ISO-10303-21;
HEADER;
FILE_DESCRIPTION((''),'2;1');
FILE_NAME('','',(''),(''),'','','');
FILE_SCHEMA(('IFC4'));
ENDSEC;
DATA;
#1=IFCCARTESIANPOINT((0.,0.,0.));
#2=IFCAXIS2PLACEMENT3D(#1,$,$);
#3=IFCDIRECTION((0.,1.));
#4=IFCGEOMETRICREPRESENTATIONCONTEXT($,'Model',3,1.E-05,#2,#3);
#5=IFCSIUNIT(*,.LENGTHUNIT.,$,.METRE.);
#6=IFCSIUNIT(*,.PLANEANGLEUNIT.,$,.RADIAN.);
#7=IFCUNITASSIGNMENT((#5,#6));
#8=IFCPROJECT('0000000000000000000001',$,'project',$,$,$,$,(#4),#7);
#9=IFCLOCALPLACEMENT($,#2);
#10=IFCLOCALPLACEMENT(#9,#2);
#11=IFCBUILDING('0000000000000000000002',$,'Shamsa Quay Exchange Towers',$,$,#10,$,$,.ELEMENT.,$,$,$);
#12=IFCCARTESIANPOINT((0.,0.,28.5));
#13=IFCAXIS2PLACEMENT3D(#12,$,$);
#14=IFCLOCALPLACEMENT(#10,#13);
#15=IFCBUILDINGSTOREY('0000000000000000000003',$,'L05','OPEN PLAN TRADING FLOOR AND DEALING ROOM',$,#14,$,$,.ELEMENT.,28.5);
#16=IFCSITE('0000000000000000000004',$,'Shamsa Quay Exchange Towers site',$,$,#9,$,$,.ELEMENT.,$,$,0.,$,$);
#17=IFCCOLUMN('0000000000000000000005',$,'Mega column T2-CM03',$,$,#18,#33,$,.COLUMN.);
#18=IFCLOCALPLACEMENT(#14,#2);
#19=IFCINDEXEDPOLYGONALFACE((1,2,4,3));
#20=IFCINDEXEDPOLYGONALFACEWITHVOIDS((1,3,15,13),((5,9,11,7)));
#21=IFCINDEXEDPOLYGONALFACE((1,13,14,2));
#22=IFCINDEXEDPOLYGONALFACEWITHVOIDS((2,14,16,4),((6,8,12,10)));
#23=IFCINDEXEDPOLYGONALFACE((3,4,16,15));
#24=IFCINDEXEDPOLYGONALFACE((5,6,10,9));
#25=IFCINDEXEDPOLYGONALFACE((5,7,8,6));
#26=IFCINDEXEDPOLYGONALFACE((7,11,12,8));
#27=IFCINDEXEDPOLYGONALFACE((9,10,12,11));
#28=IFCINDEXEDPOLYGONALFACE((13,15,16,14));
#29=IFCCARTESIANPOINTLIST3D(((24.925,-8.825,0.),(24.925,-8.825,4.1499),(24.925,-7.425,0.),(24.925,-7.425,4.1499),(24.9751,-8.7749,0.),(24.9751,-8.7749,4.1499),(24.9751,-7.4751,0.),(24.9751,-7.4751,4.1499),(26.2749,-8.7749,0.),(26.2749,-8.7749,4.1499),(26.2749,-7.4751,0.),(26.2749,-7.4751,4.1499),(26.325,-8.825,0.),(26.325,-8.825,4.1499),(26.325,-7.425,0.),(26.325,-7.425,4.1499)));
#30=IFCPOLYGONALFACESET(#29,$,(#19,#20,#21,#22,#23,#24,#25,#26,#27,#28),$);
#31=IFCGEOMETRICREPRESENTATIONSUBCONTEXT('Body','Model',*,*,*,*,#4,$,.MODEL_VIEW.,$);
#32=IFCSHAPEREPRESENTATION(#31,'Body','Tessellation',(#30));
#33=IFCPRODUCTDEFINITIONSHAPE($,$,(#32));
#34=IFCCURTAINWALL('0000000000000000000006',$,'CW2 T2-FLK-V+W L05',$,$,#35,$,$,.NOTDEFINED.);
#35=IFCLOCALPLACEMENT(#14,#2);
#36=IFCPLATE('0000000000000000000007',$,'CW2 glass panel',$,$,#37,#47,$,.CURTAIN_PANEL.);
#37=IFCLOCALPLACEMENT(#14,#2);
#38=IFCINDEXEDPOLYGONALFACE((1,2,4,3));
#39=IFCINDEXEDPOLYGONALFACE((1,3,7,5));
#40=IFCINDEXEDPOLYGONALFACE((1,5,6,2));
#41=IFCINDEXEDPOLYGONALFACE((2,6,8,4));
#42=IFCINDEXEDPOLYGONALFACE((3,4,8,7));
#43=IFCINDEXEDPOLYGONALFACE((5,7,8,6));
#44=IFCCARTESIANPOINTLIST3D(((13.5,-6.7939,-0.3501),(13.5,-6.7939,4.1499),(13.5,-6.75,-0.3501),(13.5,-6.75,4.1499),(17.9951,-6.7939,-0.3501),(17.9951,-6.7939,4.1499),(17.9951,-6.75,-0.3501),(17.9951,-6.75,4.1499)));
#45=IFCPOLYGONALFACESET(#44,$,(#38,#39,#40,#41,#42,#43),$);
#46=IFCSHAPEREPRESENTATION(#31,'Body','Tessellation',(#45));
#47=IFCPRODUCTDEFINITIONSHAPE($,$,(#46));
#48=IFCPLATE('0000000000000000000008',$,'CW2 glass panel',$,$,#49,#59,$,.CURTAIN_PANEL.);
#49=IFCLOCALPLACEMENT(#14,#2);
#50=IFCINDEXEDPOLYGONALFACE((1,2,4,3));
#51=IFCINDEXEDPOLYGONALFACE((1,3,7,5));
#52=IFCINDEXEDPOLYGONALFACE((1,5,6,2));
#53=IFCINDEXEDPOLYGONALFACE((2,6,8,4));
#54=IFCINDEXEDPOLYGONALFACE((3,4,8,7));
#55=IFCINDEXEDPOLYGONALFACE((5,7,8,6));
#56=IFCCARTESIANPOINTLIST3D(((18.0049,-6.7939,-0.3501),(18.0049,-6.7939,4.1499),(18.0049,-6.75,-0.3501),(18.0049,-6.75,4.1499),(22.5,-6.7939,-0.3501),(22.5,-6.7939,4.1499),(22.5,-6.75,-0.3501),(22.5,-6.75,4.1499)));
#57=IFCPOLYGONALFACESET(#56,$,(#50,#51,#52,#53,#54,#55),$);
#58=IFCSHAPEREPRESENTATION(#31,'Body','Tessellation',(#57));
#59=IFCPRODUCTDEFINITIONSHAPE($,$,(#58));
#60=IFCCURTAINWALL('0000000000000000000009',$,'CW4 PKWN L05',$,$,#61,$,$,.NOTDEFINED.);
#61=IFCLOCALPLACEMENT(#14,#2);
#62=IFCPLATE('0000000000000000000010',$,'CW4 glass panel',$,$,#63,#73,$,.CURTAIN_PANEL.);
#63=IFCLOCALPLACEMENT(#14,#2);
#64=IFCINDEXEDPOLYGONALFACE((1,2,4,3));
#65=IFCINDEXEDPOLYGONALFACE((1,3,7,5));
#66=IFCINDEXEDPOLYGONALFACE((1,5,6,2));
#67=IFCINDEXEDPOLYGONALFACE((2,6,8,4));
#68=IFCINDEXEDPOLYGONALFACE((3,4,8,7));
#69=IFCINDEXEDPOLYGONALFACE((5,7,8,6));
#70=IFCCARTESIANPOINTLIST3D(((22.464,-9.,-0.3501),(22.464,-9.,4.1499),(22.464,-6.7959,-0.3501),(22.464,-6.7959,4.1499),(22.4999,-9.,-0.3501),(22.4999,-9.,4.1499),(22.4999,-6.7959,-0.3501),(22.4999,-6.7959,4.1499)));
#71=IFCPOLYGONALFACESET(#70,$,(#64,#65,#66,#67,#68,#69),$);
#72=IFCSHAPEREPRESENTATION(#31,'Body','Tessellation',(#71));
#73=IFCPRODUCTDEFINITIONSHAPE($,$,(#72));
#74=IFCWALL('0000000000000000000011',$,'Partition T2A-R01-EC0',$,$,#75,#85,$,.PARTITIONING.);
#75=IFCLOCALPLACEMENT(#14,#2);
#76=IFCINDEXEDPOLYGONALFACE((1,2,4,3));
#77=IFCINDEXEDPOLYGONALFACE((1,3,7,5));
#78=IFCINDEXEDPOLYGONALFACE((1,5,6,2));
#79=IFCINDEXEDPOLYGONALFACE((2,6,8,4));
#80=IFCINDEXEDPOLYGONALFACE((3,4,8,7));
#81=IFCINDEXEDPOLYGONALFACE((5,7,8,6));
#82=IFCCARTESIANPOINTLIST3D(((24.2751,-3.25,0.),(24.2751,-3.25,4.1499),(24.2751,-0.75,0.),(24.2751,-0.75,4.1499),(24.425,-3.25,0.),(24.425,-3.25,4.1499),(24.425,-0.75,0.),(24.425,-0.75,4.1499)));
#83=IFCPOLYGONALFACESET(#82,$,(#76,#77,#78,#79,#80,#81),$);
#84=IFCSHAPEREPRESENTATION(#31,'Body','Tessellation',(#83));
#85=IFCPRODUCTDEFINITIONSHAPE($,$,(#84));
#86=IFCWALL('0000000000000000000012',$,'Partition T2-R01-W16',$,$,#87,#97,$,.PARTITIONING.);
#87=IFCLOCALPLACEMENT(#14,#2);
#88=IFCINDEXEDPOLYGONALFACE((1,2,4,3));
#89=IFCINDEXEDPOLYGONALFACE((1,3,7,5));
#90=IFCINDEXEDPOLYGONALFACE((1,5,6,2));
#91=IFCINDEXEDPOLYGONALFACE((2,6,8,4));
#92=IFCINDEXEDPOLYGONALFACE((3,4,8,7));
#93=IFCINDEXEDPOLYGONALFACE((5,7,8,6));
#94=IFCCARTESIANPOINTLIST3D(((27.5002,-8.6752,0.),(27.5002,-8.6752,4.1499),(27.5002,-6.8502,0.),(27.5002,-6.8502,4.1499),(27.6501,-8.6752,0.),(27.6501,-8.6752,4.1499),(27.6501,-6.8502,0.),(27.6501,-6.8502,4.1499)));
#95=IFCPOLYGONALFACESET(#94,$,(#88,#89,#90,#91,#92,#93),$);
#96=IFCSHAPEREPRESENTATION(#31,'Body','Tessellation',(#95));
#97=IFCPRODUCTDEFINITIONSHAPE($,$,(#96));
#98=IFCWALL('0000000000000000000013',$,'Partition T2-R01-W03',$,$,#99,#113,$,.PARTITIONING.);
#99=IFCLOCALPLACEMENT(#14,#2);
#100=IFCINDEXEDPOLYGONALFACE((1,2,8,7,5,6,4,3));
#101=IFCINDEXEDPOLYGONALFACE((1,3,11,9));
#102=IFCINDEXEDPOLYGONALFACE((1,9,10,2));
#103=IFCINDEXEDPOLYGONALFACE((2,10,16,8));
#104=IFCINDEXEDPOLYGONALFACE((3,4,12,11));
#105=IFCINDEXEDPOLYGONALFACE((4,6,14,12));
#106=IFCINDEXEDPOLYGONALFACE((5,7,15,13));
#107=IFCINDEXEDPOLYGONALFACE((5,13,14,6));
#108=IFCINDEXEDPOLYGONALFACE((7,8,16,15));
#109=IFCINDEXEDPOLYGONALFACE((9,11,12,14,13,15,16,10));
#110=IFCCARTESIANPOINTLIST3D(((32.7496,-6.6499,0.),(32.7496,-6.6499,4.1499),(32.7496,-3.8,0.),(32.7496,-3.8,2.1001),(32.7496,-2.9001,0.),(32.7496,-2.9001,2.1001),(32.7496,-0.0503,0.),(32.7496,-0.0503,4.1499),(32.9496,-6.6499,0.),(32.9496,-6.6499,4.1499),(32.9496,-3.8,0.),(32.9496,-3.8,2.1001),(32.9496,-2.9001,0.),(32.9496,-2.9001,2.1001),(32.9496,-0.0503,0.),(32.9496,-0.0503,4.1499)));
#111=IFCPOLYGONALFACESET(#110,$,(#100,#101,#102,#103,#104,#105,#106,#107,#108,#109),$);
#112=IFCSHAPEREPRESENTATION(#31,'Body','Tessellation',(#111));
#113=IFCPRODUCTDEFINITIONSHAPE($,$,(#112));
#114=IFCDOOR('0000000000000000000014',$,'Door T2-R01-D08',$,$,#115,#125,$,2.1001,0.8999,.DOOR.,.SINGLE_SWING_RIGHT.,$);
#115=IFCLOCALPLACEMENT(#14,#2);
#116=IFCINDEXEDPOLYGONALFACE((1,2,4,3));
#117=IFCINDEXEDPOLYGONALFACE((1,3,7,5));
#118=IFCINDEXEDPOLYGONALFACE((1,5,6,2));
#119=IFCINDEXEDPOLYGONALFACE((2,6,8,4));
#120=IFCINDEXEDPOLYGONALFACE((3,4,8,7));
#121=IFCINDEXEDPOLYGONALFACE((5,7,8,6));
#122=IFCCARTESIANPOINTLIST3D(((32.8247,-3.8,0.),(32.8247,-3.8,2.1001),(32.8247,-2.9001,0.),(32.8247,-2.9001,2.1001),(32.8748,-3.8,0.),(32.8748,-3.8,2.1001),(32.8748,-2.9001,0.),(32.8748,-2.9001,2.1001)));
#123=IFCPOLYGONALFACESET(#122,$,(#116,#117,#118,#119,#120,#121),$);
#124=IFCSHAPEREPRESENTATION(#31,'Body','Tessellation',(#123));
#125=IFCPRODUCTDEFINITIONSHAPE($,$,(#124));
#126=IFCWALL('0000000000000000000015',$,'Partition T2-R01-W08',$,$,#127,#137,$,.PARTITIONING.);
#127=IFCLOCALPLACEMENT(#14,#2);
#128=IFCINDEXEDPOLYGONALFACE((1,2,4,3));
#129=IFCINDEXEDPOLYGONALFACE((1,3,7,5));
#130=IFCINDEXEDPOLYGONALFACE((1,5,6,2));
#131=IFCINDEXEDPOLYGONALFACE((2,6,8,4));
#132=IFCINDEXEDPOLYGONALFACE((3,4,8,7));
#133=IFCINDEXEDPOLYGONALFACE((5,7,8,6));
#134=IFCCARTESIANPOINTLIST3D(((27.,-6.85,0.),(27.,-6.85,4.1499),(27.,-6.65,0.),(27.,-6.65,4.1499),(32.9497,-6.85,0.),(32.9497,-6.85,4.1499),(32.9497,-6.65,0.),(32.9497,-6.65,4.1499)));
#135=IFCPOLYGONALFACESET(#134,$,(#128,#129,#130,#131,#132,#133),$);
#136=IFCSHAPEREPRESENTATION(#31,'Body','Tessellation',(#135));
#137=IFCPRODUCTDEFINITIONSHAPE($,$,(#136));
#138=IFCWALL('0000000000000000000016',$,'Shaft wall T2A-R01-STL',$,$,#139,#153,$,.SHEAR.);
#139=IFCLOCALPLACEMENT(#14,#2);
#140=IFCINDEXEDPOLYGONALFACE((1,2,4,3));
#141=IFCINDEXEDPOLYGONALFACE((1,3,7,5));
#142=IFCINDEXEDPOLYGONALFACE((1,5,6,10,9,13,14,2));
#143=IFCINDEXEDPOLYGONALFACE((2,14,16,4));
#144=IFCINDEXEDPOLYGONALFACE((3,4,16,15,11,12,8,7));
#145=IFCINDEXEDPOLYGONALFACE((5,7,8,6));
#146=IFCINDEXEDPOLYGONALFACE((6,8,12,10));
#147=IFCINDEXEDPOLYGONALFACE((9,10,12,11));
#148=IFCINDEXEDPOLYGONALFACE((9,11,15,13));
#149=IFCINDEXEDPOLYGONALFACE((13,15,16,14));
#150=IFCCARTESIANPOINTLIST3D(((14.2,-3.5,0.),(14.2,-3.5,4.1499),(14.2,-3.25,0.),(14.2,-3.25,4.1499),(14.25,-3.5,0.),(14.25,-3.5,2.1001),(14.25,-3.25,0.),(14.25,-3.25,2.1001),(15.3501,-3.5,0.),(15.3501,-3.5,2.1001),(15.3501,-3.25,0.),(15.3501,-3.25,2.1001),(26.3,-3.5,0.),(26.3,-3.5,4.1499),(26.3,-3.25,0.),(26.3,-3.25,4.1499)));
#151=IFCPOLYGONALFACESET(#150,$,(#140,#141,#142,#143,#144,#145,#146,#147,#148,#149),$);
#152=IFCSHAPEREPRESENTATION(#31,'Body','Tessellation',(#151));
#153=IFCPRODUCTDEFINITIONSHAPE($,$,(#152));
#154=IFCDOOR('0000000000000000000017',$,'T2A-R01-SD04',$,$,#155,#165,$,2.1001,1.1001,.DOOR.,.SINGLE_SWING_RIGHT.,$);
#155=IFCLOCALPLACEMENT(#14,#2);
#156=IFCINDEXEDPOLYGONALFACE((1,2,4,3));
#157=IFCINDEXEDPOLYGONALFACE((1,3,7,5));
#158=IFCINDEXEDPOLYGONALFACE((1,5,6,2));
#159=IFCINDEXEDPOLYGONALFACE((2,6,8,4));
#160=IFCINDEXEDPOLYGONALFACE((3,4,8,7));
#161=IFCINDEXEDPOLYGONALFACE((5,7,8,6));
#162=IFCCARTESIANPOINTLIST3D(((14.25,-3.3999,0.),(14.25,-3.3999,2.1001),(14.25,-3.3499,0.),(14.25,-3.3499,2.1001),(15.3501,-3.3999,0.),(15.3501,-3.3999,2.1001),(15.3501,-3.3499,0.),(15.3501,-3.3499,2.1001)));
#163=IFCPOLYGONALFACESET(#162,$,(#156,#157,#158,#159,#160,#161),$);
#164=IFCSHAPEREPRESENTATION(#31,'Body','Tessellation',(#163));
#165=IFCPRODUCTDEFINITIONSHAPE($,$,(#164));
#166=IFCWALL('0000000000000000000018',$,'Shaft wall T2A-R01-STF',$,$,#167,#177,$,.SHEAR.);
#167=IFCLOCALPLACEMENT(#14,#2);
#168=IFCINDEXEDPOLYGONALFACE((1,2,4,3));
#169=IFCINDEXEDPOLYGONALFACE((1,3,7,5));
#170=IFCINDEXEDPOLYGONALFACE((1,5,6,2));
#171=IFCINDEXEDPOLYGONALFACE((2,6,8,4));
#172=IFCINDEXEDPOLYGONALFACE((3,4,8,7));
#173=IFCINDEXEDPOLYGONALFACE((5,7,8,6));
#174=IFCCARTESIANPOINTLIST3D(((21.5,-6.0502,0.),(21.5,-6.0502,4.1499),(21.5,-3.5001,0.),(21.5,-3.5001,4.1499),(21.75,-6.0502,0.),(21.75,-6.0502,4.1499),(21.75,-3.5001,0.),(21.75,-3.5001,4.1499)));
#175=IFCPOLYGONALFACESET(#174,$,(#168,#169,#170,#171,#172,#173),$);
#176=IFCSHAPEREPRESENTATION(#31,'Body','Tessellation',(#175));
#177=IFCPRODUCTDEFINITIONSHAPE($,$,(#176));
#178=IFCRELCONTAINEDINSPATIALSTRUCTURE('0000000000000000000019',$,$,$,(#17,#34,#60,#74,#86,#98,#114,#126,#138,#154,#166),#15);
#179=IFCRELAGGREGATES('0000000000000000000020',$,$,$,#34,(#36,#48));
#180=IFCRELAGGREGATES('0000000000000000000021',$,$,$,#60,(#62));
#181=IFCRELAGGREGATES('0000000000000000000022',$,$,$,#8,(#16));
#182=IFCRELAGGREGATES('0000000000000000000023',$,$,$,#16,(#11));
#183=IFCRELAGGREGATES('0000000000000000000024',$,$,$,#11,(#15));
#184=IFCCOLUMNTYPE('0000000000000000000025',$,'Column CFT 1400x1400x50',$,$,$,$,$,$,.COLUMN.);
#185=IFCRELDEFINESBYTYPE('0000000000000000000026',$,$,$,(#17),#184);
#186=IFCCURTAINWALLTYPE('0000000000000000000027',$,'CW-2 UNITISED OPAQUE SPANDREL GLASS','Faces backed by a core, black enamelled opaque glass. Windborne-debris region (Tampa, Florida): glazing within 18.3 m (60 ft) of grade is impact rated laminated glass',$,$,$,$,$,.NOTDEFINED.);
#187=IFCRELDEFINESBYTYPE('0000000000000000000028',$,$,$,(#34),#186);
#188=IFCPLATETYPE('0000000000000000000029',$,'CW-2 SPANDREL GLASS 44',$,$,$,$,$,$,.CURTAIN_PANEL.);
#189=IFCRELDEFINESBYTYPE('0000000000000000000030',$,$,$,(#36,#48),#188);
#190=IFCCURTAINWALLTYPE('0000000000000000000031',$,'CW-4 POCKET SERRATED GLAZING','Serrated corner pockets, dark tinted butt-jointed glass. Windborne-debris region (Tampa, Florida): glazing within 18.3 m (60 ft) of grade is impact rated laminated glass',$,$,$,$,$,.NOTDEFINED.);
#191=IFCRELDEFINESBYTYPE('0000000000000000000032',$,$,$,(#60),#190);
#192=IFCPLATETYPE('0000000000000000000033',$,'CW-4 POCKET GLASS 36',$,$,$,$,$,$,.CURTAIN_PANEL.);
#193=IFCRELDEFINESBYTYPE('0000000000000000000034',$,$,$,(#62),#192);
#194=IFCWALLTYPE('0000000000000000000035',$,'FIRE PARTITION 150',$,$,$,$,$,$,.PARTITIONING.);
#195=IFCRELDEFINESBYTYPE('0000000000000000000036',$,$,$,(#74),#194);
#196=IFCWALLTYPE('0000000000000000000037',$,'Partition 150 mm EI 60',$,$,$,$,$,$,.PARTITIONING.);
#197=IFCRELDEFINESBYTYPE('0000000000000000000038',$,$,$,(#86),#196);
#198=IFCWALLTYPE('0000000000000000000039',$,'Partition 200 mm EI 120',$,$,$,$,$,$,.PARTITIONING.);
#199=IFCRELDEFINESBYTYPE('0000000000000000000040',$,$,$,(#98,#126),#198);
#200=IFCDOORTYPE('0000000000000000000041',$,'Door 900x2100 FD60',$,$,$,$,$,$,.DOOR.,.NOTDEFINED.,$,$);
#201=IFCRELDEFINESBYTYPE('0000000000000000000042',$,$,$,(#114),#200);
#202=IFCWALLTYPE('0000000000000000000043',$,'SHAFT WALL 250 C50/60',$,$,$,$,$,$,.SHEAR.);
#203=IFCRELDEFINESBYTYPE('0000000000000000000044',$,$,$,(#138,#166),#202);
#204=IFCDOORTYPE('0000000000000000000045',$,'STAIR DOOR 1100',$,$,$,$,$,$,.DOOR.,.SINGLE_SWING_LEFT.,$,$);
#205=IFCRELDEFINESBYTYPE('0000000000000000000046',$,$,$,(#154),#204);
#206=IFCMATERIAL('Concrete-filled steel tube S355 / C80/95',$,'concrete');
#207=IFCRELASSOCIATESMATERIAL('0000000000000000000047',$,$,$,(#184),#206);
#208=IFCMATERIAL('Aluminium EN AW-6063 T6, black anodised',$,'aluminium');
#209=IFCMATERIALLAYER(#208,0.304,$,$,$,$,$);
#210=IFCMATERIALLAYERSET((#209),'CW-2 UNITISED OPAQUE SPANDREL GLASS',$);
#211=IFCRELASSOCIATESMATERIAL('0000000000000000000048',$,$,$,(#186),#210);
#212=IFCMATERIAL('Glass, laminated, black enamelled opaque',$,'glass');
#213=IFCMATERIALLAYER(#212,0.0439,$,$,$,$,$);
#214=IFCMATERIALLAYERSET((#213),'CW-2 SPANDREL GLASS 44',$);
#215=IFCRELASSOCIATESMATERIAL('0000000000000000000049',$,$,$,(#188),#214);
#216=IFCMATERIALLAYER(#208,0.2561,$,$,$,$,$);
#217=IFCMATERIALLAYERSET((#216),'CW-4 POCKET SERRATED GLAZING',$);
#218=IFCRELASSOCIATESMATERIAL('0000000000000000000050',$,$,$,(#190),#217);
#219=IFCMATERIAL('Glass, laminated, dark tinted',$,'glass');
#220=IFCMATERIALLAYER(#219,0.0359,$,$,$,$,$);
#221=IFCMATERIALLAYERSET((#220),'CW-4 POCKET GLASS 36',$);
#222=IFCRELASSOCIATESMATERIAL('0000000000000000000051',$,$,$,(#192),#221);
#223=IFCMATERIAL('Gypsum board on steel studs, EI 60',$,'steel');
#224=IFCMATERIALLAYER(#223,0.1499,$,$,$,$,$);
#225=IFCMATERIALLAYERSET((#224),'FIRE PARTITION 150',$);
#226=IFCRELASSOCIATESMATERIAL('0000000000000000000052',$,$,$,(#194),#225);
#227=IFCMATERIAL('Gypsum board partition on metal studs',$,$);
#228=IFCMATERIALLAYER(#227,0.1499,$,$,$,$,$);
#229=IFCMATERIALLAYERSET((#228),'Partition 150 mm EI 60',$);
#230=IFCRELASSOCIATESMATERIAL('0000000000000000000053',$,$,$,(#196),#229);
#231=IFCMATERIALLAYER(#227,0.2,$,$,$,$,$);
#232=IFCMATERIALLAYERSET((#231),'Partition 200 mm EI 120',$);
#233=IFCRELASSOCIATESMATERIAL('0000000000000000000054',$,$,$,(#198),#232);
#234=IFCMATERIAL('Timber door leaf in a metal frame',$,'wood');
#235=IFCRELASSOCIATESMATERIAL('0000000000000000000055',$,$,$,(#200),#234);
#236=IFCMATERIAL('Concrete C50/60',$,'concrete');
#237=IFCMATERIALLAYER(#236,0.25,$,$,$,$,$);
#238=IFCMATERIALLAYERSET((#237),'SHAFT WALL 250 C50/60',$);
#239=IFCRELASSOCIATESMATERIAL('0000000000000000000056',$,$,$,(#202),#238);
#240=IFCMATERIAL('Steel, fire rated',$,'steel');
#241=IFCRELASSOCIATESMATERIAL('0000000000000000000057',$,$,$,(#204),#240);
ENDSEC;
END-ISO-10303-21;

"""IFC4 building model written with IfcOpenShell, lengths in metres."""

from ifc_helpers import new_model, si_unit, direction, frame, frame_2d, origin, origin_2d, place, context, subcontext, project, spatial, rectangle, hollow_rectangle, extrude, material, layer, layer_set, material_profile, profile_set, type_object, element, fill, aggregate, save


model = new_model("IFC4")

# Units and contexts
model_context = context("Model", 3, precision=1e-05, world=origin(), true_north=direction((0.0, 1.0)))
body_context = subcontext(model_context, "Body", "Model", "MODEL_VIEW")
ifc_project = project(units=[si_unit("LENGTHUNIT", "METRE"), si_unit("PLANEANGLEUNIT", "RADIAN")], contexts=[model_context])

# Site, building, storey
site_placement = place(None, origin())
site = spatial("IfcSite", under=ifc_project, at=site_placement, Name="Shamsa Quay Exchange Towers site", CompositionType="ELEMENT", RefElevation=0.0)
building_placement = place(site_placement, origin())
building = spatial("IfcBuilding", under=site, at=building_placement, Name="Shamsa Quay Exchange Towers", CompositionType="ELEMENT")
storey_placement = place(building_placement, frame((0.0, 0.0, 28.5)))
storey = spatial("IfcBuildingStorey", under=building, at=storey_placement, Name="L05", Description="OPEN PLAN TRADING FLOOR AND DEALING ROOM", CompositionType="ELEMENT", Elevation=28.5)

# Column
ifc_material_1 = material(Name="Concrete-filled steel tube S355 / C80/95", Category="concrete")
ifc_material_profile = material_profile(ifc_material_1, hollow_rectangle(XDim=1.3999, YDim=1.3999, WallThickness=0.05, at=origin_2d()), Name="CFT 1400x1400x50")
ifc_profile_set = profile_set([ifc_material_profile], Name="Concrete-filled steel tube S355 / C80/95")
column_type = type_object("IfcColumnType", Name="Column CFT 1400x1400x50", PredefinedType="COLUMN", material=ifc_profile_set)
column_placement = place(storey_placement, frame((25.625, -8.125, 0.0)))
element("IfcColumn", 1, at=column_placement, inside=storey, type_object=column_type, Name="Mega column T2-CM03", PredefinedType="COLUMN", context=body_context, shape_type="SweptSolid", body=[
    extrude(hollow_rectangle(XDim=1.3999, YDim=1.3999, WallThickness=0.05, at=origin_2d()), origin(), (0.0, 0.0, 1.0), 4.1499),
])

# Curtain wall, plates
ifc_material_2 = material(Name="Aluminium EN AW-6063 T6, black anodised", Category="aluminium")
ifc_layer_1 = layer(ifc_material_2, 0.304)
ifc_layer_set_1 = layer_set([ifc_layer_1], Name="CW-2 UNITISED OPAQUE SPANDREL GLASS")
curtain_wall_type_1 = type_object("IfcCurtainWallType", Name="CW-2 UNITISED OPAQUE SPANDREL GLASS", Description="Faces backed by a core, black enamelled opaque glass. Windborne-debris region (Tampa, Florida): glazing within 18.3 m (60 ft) of grade is impact rated laminated glass", PredefinedType="NOTDEFINED", material=ifc_layer_set_1)
curtain_wall_1_placement = place(storey_placement, origin())
curtain_wall_1 = element("IfcCurtainWall", 2, at=curtain_wall_1_placement, inside=storey, type_object=curtain_wall_type_1, Name="CW2 T2-FLK-V+W L05", PredefinedType="NOTDEFINED")
ifc_material_3 = material(Name="Glass, laminated, black enamelled opaque", Category="glass")
ifc_layer_2 = layer(ifc_material_3, 0.0439)
ifc_layer_set_2 = layer_set([ifc_layer_2], Name="CW-2 SPANDREL GLASS 44")
plate_type_1 = type_object("IfcPlateType", Name="CW-2 SPANDREL GLASS 44", PredefinedType="CURTAIN_PANEL", material=ifc_layer_set_2)
plate_1_placement = place(storey_placement, frame((15.7476, -6.772, -0.3501)))
plate_1 = element("IfcPlate", 3, at=plate_1_placement, type_object=plate_type_1, Name="CW2 glass panel", PredefinedType="CURTAIN_PANEL", context=body_context, shape_type="SweptSolid", body=[
    extrude(rectangle(XDim=4.4951, YDim=0.0439, at=origin_2d()), origin(), (0.0, 0.0, 1.0), 4.5),
])
plate_2_placement = place(storey_placement, frame((20.2524, -6.772, -0.3501)))
plate_2 = element("IfcPlate", 4, at=plate_2_placement, type_object=plate_type_1, Name="CW2 glass panel", PredefinedType="CURTAIN_PANEL", context=body_context, shape_type="SweptSolid", body=[
    extrude(rectangle(XDim=4.4951, YDim=0.0439, at=origin_2d()), origin(), (0.0, 0.0, 1.0), 4.5),
])
aggregate(curtain_wall_1, [plate_1, plate_2])

# Curtain wall, plate
ifc_layer_3 = layer(ifc_material_2, 0.2561)
ifc_layer_set_3 = layer_set([ifc_layer_3], Name="CW-4 POCKET SERRATED GLAZING")
curtain_wall_type_2 = type_object("IfcCurtainWallType", Name="CW-4 POCKET SERRATED GLAZING", Description="Serrated corner pockets, dark tinted butt-jointed glass. Windborne-debris region (Tampa, Florida): glazing within 18.3 m (60 ft) of grade is impact rated laminated glass", PredefinedType="NOTDEFINED", material=ifc_layer_set_3)
curtain_wall_2_placement = place(storey_placement, origin())
curtain_wall_2 = element("IfcCurtainWall", 5, at=curtain_wall_2_placement, inside=storey, type_object=curtain_wall_type_2, Name="CW4 PKWN L05", PredefinedType="NOTDEFINED")
ifc_material_4 = material(Name="Glass, laminated, dark tinted", Category="glass")
ifc_layer_4 = layer(ifc_material_4, 0.0359)
ifc_layer_set_4 = layer_set([ifc_layer_4], Name="CW-4 POCKET GLASS 36")
plate_type_2 = type_object("IfcPlateType", Name="CW-4 POCKET GLASS 36", PredefinedType="CURTAIN_PANEL", material=ifc_layer_set_4)
plate_3_placement = place(storey_placement, frame((22.4819, -7.8979, -0.3501), z_axis=(0.0, 0.0, 1.0), x_axis=(0.0, -1.0, 0.0)))
plate_3 = element("IfcPlate", 6, at=plate_3_placement, type_object=plate_type_2, Name="CW4 glass panel", PredefinedType="CURTAIN_PANEL", context=body_context, shape_type="SweptSolid", body=[
    extrude(rectangle(XDim=2.2041, YDim=0.0359, at=origin_2d()), origin(), (0.0, 0.0, 1.0), 4.5),
])
aggregate(curtain_wall_2, [plate_3])

# Walls
ifc_material_5 = material(Name="Gypsum board on steel studs, EI 60", Category="steel")
ifc_layer_5 = layer(ifc_material_5, 0.1499)
ifc_layer_set_5 = layer_set([ifc_layer_5], Name="FIRE PARTITION 150")
wall_type_1 = type_object("IfcWallType", Name="FIRE PARTITION 150", PredefinedType="PARTITIONING", material=ifc_layer_set_5)
wall_1_placement = place(storey_placement, frame((24.3501, -3.25, 0.0), z_axis=(0.0, 0.0, 1.0), x_axis=(0.0, 1.0, 0.0)))
element("IfcWall", 7, at=wall_1_placement, inside=storey, type_object=wall_type_1, Name="Partition T2A-R01-EC0", PredefinedType="PARTITIONING", context=body_context, shape_type="SweptSolid", body=[
    extrude(rectangle(XDim=2.5, YDim=0.1499, at=frame_2d((1.25, 0.0))), origin(), (0.0, 0.0, 1.0), 4.1499),
])
ifc_material_6 = material(Name="Gypsum board partition on metal studs")
ifc_layer_6 = layer(ifc_material_6, 0.1499)
ifc_layer_set_6 = layer_set([ifc_layer_6], Name="Partition 150 mm EI 60")
wall_type_2 = type_object("IfcWallType", Name="Partition 150 mm EI 60", PredefinedType="PARTITIONING", material=ifc_layer_set_6)
wall_2_placement = place(storey_placement, frame((27.5752, -6.8501, 0.0), z_axis=(0.0, 0.0, 1.0), x_axis=(0.0, -1.0, 0.0)))
element("IfcWall", 8, at=wall_2_placement, inside=storey, type_object=wall_type_2, Name="Partition T2-R01-W16", PredefinedType="PARTITIONING", context=body_context, shape_type="SweptSolid", body=[
    extrude(rectangle(XDim=1.825, YDim=0.1499, at=frame_2d((0.9126, 0.0))), origin(), (0.0, 0.0, 1.0), 4.1499),
])

# Wall, opening, door
ifc_layer_7 = layer(ifc_material_6, 0.2)
ifc_layer_set_7 = layer_set([ifc_layer_7], Name="Partition 200 mm EI 120")
wall_type_3 = type_object("IfcWallType", Name="Partition 200 mm EI 120", PredefinedType="PARTITIONING", material=ifc_layer_set_7)
wall_3_placement = place(storey_placement, frame((32.8496, -6.6499, 0.0), z_axis=(0.0, 0.0, 1.0), x_axis=(0.0, 1.0, 0.0)))
wall_3 = element("IfcWall", 9, at=wall_3_placement, inside=storey, type_object=wall_type_3, Name="Partition T2-R01-W03", PredefinedType="PARTITIONING", context=body_context, shape_type="SweptSolid", body=[
    extrude(rectangle(XDim=6.5996, YDim=0.2, at=frame_2d((3.2998, 0.0))), origin(), (0.0, 0.0, 1.0), 4.1499),
])
opening_1_placement = place(wall_3_placement, frame((2.8499, 0.0, 0.0)))
opening_1 = element("IfcOpeningElement", 10, at=opening_1_placement, cuts=wall_3, PredefinedType="OPENING", context=body_context, shape_type="SweptSolid", body=[
    extrude(rectangle(XDim=0.8999, YDim=2.1001, at=frame_2d((0.45, 1.05))), frame((0.0, 0.1099, 0.0), z_axis=(0.0, -1.0, 0.0), x_axis=(1.0, 0.0, 0.0)), (0.0, 0.0, 1.0), 0.22),
])
ifc_material_7 = material(Name="Timber door leaf in a metal frame", Category="wood")
door_type_1 = type_object("IfcDoorType", Name="Door 900x2100 FD60", OperationType="NOTDEFINED", PredefinedType="DOOR", material=ifc_material_7)
door_1_placement = place(opening_1_placement, origin())
door_1 = element("IfcDoor", 11, at=door_1_placement, inside=storey, type_object=door_type_1, Name="Door T2-R01-D08", OperationType="SINGLE_SWING_RIGHT", OverallHeight=2.1001, OverallWidth=0.8999, PredefinedType="DOOR", context=body_context, shape_type="SweptSolid", body=[
    extrude(rectangle(XDim=0.8999, YDim=2.1001, at=frame_2d((0.45, 1.05))), frame((0.0, 0.0249, 0.0), z_axis=(0.0, -1.0, 0.0), x_axis=(1.0, 0.0, 0.0)), (0.0, 0.0, 1.0), 0.05),
])
fill(opening_1, door_1)

# Wall
wall_4_placement = place(storey_placement, frame((27.0, -6.75, 0.0)))
element("IfcWall", 12, at=wall_4_placement, inside=storey, type_object=wall_type_3, Name="Partition T2-R01-W08", PredefinedType="PARTITIONING", context=body_context, shape_type="SweptSolid", body=[
    extrude(rectangle(XDim=5.9497, YDim=0.2, at=frame_2d((2.9749, 0.0))), origin(), (0.0, 0.0, 1.0), 4.1499),
])

# Wall, opening, door
ifc_material_8 = material(Name="Concrete C50/60", Category="concrete")
ifc_layer_8 = layer(ifc_material_8, 0.25)
ifc_layer_set_8 = layer_set([ifc_layer_8], Name="SHAFT WALL 250 C50/60")
wall_type_4 = type_object("IfcWallType", Name="SHAFT WALL 250 C50/60", PredefinedType="SHEAR", material=ifc_layer_set_8)
wall_5_placement = place(storey_placement, frame((26.3, -3.375, 0.0), z_axis=(0.0, 0.0, 1.0), x_axis=(-1.0, 0.0, 0.0)))
wall_5 = element("IfcWall", 13, at=wall_5_placement, inside=storey, type_object=wall_type_4, Name="Shaft wall T2A-R01-STL", PredefinedType="SHEAR", context=body_context, shape_type="SweptSolid", body=[
    extrude(rectangle(XDim=12.1001, YDim=0.25, at=frame_2d((6.05, 0.0))), origin(), (0.0, 0.0, 1.0), 4.1499),
])
opening_2_placement = place(wall_5_placement, frame((10.95, 0.0, 0.0)))
opening_2 = element("IfcOpeningElement", 14, at=opening_2_placement, cuts=wall_5, PredefinedType="OPENING", context=body_context, shape_type="SweptSolid", body=[
    extrude(rectangle(XDim=1.1001, YDim=2.1001, at=frame_2d((0.55, 1.05))), frame((0.0, 0.135, 0.0), z_axis=(0.0, -1.0, 0.0), x_axis=(1.0, 0.0, 0.0)), (0.0, 0.0, 1.0), 0.27),
])
ifc_material_9 = material(Name="Steel, fire rated", Category="steel")
door_type_2 = type_object("IfcDoorType", Name="STAIR DOOR 1100", OperationType="SINGLE_SWING_LEFT", PredefinedType="DOOR", material=ifc_material_9)
door_2_placement = place(opening_2_placement, origin())
door_2 = element("IfcDoor", 15, at=door_2_placement, inside=storey, type_object=door_type_2, Name="T2A-R01-SD04", OperationType="SINGLE_SWING_RIGHT", OverallHeight=2.1001, OverallWidth=1.1001, PredefinedType="DOOR", context=body_context, shape_type="SweptSolid", body=[
    extrude(rectangle(XDim=1.1001, YDim=2.1001, at=frame_2d((0.55, 1.05))), frame((0.0, 0.0249, 0.0), z_axis=(0.0, -1.0, 0.0), x_axis=(1.0, 0.0, 0.0)), (0.0, 0.0, 1.0), 0.05),
])
fill(opening_2, door_2)

# Wall
wall_6_placement = place(storey_placement, frame((21.625, -6.05, 0.0), z_axis=(0.0, 0.0, 1.0), x_axis=(0.0, 1.0, 0.0)))
element("IfcWall", 16, at=wall_6_placement, inside=storey, type_object=wall_type_4, Name="Shaft wall T2A-R01-STF", PredefinedType="SHEAR", context=body_context, shape_type="SweptSolid", body=[
    extrude(rectangle(XDim=2.55, YDim=0.25, at=frame_2d((1.2749, 0.0))), origin(), (0.0, 0.0, 1.0), 4.1499),
])

save(model, "model.ifc")
